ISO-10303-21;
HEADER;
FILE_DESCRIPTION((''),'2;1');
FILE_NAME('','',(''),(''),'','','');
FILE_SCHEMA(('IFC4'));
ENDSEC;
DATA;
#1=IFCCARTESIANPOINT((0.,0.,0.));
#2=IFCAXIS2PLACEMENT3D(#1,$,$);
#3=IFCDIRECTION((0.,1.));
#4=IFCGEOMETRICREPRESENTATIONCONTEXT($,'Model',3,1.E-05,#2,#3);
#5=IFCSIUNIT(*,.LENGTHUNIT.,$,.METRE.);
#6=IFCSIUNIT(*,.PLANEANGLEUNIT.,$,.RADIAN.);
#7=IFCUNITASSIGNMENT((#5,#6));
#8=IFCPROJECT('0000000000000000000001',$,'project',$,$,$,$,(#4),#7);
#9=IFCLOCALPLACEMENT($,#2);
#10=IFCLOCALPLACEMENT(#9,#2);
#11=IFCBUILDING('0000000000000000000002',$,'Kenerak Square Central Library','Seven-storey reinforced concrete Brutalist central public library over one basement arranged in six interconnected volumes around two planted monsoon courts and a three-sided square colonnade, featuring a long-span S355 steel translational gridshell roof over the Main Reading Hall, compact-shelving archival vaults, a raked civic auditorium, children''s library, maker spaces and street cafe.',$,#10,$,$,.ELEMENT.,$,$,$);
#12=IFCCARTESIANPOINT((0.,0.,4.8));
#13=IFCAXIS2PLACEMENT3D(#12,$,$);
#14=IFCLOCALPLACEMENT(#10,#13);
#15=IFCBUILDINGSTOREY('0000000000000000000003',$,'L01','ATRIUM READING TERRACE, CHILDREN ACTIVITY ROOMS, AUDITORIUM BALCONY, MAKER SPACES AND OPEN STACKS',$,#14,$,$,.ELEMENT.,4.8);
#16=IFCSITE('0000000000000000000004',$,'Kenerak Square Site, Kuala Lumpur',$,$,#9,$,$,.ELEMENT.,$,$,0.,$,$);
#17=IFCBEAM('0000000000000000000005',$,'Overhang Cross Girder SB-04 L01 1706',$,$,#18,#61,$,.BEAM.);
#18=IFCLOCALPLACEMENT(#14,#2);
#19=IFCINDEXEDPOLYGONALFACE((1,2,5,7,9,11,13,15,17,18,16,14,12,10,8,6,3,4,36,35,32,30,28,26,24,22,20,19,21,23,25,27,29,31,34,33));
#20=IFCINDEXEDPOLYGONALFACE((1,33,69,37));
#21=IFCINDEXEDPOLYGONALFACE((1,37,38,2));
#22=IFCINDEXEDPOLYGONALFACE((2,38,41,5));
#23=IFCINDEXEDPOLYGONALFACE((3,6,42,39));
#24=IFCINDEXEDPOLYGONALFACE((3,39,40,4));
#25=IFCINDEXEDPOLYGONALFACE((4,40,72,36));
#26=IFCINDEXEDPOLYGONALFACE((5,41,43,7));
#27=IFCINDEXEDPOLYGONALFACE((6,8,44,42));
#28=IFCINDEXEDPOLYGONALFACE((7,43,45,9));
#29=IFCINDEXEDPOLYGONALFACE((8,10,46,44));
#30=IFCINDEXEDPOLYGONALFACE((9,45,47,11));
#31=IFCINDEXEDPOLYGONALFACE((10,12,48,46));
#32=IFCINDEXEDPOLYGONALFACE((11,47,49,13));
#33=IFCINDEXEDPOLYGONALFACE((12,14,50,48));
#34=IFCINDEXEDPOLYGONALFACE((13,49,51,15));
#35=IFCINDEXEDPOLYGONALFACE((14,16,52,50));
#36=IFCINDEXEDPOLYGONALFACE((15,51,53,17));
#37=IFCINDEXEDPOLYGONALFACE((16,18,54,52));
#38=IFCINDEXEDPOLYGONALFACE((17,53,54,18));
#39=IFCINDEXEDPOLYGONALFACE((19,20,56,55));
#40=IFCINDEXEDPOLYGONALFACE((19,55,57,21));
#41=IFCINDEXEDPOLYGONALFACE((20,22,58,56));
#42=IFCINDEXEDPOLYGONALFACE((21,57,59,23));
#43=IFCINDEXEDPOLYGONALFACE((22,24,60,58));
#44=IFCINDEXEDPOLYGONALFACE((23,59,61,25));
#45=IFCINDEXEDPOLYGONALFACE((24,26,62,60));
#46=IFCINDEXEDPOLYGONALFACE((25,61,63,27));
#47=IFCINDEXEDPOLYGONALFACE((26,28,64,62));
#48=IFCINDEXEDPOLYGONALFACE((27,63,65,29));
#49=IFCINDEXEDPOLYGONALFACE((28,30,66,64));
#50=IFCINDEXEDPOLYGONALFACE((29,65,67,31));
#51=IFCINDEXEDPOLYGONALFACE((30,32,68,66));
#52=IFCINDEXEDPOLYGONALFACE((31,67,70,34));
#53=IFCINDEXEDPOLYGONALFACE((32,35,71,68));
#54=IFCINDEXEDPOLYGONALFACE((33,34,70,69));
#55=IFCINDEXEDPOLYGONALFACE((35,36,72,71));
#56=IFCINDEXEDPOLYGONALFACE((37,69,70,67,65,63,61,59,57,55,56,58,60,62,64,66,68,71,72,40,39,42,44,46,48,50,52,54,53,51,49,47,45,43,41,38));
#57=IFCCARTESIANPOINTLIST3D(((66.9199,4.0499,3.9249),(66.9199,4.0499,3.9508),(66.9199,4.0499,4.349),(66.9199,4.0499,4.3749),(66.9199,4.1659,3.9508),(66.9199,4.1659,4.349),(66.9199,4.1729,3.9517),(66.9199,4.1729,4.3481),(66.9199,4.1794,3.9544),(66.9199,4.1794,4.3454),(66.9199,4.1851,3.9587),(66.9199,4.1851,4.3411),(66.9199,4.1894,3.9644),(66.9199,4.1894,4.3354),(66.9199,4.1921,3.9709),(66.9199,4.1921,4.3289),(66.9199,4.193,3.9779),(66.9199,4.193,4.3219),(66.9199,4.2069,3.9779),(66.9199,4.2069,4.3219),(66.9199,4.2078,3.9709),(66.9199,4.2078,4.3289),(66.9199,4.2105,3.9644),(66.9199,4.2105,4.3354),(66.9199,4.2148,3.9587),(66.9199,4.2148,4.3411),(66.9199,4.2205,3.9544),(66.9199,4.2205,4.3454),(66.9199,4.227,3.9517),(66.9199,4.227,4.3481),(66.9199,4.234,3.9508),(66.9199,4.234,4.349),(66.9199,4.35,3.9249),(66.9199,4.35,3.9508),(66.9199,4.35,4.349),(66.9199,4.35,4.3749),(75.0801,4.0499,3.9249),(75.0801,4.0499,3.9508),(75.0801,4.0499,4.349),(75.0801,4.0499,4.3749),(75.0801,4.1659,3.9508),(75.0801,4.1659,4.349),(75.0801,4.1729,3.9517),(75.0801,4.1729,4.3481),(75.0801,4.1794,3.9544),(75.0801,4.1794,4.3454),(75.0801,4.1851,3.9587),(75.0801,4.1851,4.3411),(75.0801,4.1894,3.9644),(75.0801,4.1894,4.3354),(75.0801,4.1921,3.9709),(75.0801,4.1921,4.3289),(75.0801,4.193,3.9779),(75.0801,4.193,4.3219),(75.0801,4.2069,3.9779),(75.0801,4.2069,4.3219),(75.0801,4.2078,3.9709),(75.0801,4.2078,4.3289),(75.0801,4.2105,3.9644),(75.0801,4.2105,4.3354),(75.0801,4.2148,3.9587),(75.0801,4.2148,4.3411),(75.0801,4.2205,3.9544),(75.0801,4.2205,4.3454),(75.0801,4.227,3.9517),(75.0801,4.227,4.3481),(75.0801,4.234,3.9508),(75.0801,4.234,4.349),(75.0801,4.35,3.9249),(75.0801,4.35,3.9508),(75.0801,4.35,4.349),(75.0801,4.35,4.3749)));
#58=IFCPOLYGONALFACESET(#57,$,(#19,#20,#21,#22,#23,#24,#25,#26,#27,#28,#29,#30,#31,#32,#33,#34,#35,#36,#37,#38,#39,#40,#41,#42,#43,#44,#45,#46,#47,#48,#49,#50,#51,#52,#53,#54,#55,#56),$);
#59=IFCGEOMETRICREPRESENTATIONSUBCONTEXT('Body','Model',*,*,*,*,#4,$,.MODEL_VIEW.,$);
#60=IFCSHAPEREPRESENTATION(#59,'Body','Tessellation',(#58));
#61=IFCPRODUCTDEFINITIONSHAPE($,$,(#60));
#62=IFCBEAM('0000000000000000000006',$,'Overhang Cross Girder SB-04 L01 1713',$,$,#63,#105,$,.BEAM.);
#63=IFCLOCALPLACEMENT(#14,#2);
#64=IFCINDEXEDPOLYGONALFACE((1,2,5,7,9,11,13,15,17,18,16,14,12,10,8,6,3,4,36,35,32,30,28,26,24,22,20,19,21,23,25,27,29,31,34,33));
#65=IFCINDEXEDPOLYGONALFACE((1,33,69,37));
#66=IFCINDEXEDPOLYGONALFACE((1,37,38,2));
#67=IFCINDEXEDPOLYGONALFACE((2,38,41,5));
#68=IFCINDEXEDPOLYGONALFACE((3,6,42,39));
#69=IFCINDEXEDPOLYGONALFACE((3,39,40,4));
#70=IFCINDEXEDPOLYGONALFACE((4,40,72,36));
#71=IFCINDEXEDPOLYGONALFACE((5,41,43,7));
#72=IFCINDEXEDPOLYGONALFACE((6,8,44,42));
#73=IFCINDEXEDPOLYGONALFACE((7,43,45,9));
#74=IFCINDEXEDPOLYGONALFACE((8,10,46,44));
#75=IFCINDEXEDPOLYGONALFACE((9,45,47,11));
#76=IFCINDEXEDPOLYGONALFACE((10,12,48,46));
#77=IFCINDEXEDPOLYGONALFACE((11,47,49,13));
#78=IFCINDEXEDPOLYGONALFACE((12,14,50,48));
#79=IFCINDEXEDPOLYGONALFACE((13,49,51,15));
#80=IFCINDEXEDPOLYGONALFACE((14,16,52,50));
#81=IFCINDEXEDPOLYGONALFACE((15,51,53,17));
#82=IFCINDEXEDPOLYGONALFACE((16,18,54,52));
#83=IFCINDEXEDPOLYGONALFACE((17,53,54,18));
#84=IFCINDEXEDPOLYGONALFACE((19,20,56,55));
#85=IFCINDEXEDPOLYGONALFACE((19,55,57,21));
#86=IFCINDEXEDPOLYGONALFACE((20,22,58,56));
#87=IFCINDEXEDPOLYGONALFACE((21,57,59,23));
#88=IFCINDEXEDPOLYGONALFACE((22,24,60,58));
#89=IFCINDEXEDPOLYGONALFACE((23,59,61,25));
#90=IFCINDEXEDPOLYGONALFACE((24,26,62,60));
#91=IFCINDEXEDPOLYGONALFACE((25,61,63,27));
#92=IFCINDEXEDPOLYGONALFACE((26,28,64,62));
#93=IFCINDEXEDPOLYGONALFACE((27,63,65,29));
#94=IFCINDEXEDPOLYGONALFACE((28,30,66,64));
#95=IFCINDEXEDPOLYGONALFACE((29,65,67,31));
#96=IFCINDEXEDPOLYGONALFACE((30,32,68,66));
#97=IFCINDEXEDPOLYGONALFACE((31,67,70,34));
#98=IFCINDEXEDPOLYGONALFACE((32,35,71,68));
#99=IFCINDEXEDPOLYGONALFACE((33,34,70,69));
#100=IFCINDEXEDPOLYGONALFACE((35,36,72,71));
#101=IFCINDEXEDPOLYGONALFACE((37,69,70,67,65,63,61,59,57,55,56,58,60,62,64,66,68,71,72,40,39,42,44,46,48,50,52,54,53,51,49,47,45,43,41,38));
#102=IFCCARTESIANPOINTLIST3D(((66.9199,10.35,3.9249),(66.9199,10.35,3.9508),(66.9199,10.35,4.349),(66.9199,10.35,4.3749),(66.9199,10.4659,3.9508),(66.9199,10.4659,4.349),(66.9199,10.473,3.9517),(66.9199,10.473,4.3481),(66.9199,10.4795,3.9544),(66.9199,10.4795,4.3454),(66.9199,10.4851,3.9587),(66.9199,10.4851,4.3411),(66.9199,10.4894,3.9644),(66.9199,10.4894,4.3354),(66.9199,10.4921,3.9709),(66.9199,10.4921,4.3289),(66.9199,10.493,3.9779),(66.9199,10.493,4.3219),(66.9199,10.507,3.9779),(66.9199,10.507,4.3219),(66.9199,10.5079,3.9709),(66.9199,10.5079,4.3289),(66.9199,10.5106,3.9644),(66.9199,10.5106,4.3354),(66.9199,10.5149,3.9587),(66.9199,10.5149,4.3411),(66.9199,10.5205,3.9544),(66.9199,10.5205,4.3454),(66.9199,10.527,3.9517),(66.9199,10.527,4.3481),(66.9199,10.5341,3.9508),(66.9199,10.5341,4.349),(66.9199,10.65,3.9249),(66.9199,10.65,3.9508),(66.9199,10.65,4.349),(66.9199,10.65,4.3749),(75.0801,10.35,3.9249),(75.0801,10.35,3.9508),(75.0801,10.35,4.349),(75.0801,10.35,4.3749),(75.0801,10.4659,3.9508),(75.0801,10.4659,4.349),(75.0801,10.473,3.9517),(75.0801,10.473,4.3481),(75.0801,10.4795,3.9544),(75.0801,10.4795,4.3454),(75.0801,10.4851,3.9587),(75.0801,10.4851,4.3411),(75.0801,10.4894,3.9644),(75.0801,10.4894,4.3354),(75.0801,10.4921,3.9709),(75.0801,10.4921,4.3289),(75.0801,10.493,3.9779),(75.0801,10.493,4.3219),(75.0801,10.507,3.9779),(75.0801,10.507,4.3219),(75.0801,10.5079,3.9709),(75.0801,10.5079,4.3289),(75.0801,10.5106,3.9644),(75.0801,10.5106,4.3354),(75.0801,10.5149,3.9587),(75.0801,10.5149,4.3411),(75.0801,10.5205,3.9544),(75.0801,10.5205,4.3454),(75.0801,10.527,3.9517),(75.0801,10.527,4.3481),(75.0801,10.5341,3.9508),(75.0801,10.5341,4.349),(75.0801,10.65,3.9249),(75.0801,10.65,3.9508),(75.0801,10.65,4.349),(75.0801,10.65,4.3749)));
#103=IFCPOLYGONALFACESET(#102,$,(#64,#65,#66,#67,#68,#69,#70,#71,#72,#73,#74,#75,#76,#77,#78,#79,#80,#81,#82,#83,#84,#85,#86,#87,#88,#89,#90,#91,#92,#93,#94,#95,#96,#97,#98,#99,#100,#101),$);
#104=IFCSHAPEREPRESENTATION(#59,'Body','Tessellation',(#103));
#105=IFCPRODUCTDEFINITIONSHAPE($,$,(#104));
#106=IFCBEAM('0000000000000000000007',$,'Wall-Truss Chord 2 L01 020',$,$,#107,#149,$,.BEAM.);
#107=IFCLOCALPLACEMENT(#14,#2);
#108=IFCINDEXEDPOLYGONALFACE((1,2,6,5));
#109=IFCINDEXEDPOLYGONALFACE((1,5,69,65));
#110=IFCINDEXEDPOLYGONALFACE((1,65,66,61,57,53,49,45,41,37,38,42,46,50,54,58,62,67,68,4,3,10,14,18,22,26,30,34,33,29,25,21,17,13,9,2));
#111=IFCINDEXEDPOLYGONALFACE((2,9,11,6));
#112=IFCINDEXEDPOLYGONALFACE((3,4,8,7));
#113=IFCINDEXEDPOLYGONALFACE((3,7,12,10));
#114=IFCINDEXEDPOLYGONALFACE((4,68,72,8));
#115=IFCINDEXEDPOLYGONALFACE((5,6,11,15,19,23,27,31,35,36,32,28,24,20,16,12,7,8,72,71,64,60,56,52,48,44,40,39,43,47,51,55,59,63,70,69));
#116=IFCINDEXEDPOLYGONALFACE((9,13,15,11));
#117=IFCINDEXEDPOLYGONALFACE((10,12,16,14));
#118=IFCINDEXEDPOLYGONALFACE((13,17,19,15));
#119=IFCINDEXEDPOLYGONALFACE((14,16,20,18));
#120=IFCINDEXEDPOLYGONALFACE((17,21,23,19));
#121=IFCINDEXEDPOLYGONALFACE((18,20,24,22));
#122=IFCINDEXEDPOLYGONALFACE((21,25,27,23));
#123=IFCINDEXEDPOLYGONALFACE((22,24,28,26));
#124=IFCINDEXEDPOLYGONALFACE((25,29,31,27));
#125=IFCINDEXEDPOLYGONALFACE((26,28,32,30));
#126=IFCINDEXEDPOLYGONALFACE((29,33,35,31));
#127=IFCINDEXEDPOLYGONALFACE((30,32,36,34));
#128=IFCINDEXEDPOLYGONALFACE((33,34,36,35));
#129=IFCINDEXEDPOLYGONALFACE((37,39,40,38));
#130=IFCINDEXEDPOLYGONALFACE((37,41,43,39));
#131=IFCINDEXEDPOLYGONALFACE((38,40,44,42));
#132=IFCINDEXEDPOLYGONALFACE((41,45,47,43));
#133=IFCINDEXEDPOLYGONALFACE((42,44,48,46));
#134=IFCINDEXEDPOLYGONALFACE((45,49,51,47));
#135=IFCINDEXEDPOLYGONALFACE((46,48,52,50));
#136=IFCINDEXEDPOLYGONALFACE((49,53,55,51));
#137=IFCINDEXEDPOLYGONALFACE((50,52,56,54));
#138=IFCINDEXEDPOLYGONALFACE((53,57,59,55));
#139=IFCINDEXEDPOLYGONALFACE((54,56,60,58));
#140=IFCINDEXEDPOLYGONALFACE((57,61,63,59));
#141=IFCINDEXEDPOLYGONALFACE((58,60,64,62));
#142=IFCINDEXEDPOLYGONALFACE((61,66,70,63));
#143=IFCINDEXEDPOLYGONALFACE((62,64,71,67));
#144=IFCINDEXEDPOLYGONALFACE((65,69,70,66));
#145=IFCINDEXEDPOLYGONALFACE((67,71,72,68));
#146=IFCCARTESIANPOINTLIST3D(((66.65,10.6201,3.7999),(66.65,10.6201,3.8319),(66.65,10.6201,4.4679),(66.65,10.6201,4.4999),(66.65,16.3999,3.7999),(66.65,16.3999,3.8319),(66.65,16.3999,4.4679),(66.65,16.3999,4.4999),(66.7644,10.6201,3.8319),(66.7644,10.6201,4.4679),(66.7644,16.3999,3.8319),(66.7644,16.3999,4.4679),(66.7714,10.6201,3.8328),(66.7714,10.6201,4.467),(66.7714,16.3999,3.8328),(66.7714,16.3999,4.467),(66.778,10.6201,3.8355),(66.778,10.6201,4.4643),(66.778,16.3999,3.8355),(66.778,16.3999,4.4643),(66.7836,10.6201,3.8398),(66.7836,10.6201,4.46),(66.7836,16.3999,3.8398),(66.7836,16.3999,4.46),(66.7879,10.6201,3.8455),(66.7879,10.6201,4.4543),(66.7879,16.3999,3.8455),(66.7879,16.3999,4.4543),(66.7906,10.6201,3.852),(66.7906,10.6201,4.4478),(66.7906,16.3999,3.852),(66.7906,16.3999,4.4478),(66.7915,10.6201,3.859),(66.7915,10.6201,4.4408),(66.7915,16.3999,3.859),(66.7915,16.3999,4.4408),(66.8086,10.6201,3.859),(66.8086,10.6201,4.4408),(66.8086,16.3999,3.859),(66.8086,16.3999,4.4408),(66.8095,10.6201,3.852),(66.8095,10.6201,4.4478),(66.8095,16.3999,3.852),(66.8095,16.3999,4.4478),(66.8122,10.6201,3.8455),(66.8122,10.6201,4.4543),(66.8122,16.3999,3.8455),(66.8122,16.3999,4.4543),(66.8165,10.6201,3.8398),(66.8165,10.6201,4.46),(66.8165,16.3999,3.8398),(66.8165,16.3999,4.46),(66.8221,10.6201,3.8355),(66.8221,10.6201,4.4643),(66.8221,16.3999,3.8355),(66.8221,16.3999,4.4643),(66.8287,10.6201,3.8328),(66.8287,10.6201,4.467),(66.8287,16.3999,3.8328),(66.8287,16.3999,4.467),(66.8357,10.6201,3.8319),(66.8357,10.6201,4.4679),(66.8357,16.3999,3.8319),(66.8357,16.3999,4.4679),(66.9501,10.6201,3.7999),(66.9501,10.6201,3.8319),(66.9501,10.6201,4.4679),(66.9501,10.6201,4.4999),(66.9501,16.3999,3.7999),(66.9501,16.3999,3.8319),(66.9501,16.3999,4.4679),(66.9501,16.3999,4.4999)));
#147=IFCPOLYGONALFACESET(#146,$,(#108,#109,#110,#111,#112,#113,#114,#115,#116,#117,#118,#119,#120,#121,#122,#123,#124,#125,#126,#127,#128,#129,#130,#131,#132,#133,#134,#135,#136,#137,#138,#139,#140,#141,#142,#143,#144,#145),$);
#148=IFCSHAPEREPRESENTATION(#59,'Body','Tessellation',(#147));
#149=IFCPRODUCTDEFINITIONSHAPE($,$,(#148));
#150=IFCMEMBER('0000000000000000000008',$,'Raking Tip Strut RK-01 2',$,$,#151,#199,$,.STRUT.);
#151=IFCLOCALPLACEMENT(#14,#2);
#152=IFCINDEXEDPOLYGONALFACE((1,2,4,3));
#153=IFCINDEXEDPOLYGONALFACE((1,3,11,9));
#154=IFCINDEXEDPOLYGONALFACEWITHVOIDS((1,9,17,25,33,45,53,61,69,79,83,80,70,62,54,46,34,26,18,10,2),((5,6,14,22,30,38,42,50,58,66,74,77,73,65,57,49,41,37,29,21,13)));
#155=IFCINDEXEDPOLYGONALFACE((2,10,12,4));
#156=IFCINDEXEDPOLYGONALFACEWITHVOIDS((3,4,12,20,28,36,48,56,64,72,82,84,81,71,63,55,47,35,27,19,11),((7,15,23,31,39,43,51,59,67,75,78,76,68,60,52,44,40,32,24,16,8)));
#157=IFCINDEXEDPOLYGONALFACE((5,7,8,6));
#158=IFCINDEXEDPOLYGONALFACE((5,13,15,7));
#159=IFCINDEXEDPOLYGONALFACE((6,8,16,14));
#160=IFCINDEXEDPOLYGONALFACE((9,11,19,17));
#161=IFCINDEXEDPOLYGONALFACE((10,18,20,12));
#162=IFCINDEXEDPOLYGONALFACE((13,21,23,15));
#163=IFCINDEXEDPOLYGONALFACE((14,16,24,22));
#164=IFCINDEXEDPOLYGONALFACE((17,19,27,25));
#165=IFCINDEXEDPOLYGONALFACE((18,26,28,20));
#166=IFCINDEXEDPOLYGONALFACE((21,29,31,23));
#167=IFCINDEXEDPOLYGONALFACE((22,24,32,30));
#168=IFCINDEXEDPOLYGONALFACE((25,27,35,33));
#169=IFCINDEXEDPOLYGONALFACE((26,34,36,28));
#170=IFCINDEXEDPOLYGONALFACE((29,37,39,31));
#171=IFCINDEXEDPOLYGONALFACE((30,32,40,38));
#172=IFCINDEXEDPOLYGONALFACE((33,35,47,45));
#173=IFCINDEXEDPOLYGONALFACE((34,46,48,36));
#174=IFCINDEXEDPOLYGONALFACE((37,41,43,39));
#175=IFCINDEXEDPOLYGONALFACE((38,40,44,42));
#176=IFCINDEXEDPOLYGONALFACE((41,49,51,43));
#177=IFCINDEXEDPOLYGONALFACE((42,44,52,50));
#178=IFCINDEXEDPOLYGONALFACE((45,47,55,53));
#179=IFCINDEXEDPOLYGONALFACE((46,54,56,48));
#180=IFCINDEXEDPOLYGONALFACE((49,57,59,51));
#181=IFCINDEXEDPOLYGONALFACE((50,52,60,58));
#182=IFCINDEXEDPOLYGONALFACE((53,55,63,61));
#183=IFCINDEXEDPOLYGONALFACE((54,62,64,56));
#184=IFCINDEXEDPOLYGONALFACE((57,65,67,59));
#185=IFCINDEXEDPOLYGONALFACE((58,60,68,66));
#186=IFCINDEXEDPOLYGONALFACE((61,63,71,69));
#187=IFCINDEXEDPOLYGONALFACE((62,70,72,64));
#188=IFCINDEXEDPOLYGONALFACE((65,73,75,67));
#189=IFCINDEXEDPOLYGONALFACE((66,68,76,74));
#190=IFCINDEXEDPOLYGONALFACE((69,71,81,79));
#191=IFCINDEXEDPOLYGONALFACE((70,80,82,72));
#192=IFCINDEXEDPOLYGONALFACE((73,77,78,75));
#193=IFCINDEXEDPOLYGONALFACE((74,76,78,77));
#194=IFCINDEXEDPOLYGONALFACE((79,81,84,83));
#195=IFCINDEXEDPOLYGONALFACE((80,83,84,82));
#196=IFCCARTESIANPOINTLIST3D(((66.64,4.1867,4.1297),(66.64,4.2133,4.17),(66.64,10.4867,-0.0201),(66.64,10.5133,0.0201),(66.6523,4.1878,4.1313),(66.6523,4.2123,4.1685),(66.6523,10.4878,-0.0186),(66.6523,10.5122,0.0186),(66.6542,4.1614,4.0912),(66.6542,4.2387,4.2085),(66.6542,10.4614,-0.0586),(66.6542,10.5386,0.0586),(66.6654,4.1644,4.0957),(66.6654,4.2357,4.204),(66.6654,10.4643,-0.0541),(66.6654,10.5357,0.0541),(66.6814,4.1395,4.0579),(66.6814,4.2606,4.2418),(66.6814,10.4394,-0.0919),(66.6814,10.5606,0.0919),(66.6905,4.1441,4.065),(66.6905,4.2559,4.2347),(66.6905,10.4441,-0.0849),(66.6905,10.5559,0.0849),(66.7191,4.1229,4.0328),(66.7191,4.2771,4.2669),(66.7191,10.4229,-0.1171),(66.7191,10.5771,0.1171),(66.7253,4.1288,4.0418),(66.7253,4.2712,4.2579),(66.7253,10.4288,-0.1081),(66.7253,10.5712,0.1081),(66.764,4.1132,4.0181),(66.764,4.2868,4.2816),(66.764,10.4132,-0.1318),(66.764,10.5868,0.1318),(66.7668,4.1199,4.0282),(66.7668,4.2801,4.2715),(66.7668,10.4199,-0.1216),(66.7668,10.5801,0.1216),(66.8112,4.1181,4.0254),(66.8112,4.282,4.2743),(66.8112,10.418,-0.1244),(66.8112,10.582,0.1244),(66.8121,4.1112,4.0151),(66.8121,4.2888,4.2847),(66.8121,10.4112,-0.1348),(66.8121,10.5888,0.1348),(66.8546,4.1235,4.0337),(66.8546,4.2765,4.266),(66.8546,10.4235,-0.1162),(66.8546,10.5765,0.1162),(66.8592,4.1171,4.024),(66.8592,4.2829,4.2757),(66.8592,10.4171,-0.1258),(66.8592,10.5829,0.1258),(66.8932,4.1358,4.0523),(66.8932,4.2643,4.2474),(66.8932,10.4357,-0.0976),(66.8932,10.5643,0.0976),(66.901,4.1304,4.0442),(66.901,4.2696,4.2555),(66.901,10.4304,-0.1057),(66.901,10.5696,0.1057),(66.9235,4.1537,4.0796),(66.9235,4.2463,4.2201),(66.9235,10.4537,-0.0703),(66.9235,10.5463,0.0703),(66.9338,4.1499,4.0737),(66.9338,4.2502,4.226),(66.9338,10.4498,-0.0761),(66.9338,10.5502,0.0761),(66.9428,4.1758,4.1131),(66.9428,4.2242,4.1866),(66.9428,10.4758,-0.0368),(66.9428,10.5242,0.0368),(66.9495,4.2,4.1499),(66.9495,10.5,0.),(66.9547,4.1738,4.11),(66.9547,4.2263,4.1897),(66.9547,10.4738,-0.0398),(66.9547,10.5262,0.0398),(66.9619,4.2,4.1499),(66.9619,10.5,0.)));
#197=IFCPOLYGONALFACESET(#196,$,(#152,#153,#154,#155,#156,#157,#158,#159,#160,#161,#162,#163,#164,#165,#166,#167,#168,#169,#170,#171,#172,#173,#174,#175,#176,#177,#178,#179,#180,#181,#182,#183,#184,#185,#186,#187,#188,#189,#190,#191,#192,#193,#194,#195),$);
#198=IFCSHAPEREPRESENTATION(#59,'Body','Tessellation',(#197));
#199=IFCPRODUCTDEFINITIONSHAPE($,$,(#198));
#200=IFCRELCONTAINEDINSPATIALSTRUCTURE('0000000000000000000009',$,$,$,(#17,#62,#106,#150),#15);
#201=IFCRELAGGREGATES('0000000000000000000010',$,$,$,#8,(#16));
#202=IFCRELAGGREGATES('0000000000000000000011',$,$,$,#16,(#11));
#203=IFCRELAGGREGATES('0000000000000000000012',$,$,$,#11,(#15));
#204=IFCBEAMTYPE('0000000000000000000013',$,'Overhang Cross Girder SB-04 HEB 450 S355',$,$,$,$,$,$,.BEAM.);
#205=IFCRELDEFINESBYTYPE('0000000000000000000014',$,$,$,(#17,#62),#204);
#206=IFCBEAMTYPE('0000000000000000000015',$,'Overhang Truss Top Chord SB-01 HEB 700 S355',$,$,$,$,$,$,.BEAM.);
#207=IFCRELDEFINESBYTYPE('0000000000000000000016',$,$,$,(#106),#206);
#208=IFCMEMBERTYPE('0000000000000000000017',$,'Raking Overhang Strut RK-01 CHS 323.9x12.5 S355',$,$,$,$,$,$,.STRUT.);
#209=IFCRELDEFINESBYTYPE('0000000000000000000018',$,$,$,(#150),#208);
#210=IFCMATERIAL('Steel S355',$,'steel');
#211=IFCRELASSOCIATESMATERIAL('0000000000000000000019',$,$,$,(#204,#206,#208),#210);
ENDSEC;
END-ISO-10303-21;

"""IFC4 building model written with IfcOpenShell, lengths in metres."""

from ifc_helpers import new_model, si_unit, direction, frame, origin, origin_2d, place, context, subcontext, project, spatial, hollow_circle, i_section, extrude, material, material_profile, profile_set, type_object, element, save


model = new_model("IFC4")

# Units and contexts
model_context = context("Model", 3, precision=1e-05, world=origin(), true_north=direction((0.0, 1.0)))
body_context = subcontext(model_context, "Body", "Model", "MODEL_VIEW")
ifc_project = project(units=[si_unit("LENGTHUNIT", "METRE"), si_unit("PLANEANGLEUNIT", "RADIAN")], contexts=[model_context])

# Site, building, storey
site_placement = place(None, origin())
site = spatial("IfcSite", under=ifc_project, at=site_placement, Name="Kenerak Square Site, Kuala Lumpur", CompositionType="ELEMENT", RefElevation=0.0)
building_placement = place(site_placement, origin())
building = spatial("IfcBuilding", under=site, at=building_placement, Name="Kenerak Square Central Library", Description="Seven-storey reinforced concrete Brutalist central public library over one basement arranged in six interconnected volumes around two planted monsoon courts and a three-sided square colonnade, featuring a long-span S355 steel translational gridshell roof over the Main Reading Hall, compact-shelving archival vaults, a raked civic auditorium, children's library, maker spaces and street cafe.", CompositionType="ELEMENT")
storey_placement = place(building_placement, frame((0.0, 0.0, 4.8)))
storey = spatial("IfcBuildingStorey", under=building, at=storey_placement, Name="L01", Description="ATRIUM READING TERRACE, CHILDREN ACTIVITY ROOMS, AUDITORIUM BALCONY, MAKER SPACES AND OPEN STACKS", CompositionType="ELEMENT", Elevation=4.8)

# Beams
ifc_material_1 = material(Name="Steel S355", Category="steel")
ifc_material_profile_1 = material_profile(ifc_material_1, i_section(OverallWidth=0.3, OverallDepth=0.45, WebThickness=0.0139, FlangeThickness=0.0259, FilletRadius=0.0271, at=origin_2d()), Name="HEB 450")
ifc_profile_set_1 = profile_set([ifc_material_profile_1], Name="Steel S355")
beam_type_1 = type_object("IfcBeamType", Name="Overhang Cross Girder SB-04 HEB 450 S355", PredefinedType="BEAM", material=ifc_profile_set_1)
for number, where, z_axis, x_axis, name in (
    (1, (66.9199, 4.2, 4.1499), (1.0, 0.0, 0.0), (0.0, 1.0, 0.0), "Overhang Cross Girder SB-04 L01 1706"),
    (2, (66.9199, 10.5, 4.1499), (1.0, 0.0, 0.0), (0.0, 1.0, 0.0), "Overhang Cross Girder SB-04 L01 1713"),
):
    element("IfcBeam", number, at=place(storey_placement, frame(where, z_axis=z_axis, x_axis=x_axis)), inside=storey, type_object=beam_type_1, Name=name, PredefinedType="BEAM", context=body_context, shape_type="SweptSolid", body=[
        extrude(i_section(OverallWidth=0.3, OverallDepth=0.45, WebThickness=0.0139, FlangeThickness=0.0259, FilletRadius=0.0271, at=origin_2d()), origin(), (0.0, 0.0, 1.0), 8.1602),
    ])
ifc_material_profile_2 = material_profile(ifc_material_1, i_section(OverallWidth=0.3, OverallDepth=0.7, WebThickness=0.0171, FlangeThickness=0.032, FilletRadius=0.0271, at=origin_2d()), Name="HEB 700")
ifc_profile_set_2 = profile_set([ifc_material_profile_2], Name="Steel S355")
beam_type_2 = type_object("IfcBeamType", Name="Overhang Truss Top Chord SB-01 HEB 700 S355", PredefinedType="BEAM", material=ifc_profile_set_2)
beam_placement = place(storey_placement, frame((66.8, 10.6201, 4.1499), z_axis=(0.0, 1.0, 0.0), x_axis=(-1.0, 0.0, 0.0)))
element("IfcBeam", 3, at=beam_placement, inside=storey, type_object=beam_type_2, Name="Wall-Truss Chord 2 L01 020", PredefinedType="BEAM", context=body_context, shape_type="SweptSolid", body=[
    extrude(i_section(OverallWidth=0.3, OverallDepth=0.7, WebThickness=0.0171, FlangeThickness=0.032, FilletRadius=0.0271, at=origin_2d()), origin(), (0.0, 0.0, 1.0), 5.7798),
])

# Member
ifc_material_profile_3 = material_profile(ifc_material_1, hollow_circle(Radius=0.1619, WallThickness=0.0125, at=origin_2d()), Name="CHS 323.9x12.5")
ifc_profile_set_3 = profile_set([ifc_material_profile_3], Name="Steel S355")
member_type_1 = type_object("IfcMemberType", Name="Raking Overhang Strut RK-01 CHS 323.9x12.5 S355", PredefinedType="STRUT", material=ifc_profile_set_3)
member_1_placement = place(storey_placement, frame((66.8, 10.5, 0.0), z_axis=(0.0, -0.835105, 0.550091), x_axis=(1.0, 0.0, 0.0)))
element("IfcMember", 4, at=member_1_placement, inside=storey, type_object=member_type_1, Name="Raking Tip Strut RK-01 2", PredefinedType="STRUT", context=body_context, shape_type="SweptSolid", body=[
    extrude(hollow_circle(Radius=0.1619, WallThickness=0.0125, at=origin_2d()), origin(), (0.0, 0.0, 1.0), 7.5439),
])

save(model, "model.ifc")
